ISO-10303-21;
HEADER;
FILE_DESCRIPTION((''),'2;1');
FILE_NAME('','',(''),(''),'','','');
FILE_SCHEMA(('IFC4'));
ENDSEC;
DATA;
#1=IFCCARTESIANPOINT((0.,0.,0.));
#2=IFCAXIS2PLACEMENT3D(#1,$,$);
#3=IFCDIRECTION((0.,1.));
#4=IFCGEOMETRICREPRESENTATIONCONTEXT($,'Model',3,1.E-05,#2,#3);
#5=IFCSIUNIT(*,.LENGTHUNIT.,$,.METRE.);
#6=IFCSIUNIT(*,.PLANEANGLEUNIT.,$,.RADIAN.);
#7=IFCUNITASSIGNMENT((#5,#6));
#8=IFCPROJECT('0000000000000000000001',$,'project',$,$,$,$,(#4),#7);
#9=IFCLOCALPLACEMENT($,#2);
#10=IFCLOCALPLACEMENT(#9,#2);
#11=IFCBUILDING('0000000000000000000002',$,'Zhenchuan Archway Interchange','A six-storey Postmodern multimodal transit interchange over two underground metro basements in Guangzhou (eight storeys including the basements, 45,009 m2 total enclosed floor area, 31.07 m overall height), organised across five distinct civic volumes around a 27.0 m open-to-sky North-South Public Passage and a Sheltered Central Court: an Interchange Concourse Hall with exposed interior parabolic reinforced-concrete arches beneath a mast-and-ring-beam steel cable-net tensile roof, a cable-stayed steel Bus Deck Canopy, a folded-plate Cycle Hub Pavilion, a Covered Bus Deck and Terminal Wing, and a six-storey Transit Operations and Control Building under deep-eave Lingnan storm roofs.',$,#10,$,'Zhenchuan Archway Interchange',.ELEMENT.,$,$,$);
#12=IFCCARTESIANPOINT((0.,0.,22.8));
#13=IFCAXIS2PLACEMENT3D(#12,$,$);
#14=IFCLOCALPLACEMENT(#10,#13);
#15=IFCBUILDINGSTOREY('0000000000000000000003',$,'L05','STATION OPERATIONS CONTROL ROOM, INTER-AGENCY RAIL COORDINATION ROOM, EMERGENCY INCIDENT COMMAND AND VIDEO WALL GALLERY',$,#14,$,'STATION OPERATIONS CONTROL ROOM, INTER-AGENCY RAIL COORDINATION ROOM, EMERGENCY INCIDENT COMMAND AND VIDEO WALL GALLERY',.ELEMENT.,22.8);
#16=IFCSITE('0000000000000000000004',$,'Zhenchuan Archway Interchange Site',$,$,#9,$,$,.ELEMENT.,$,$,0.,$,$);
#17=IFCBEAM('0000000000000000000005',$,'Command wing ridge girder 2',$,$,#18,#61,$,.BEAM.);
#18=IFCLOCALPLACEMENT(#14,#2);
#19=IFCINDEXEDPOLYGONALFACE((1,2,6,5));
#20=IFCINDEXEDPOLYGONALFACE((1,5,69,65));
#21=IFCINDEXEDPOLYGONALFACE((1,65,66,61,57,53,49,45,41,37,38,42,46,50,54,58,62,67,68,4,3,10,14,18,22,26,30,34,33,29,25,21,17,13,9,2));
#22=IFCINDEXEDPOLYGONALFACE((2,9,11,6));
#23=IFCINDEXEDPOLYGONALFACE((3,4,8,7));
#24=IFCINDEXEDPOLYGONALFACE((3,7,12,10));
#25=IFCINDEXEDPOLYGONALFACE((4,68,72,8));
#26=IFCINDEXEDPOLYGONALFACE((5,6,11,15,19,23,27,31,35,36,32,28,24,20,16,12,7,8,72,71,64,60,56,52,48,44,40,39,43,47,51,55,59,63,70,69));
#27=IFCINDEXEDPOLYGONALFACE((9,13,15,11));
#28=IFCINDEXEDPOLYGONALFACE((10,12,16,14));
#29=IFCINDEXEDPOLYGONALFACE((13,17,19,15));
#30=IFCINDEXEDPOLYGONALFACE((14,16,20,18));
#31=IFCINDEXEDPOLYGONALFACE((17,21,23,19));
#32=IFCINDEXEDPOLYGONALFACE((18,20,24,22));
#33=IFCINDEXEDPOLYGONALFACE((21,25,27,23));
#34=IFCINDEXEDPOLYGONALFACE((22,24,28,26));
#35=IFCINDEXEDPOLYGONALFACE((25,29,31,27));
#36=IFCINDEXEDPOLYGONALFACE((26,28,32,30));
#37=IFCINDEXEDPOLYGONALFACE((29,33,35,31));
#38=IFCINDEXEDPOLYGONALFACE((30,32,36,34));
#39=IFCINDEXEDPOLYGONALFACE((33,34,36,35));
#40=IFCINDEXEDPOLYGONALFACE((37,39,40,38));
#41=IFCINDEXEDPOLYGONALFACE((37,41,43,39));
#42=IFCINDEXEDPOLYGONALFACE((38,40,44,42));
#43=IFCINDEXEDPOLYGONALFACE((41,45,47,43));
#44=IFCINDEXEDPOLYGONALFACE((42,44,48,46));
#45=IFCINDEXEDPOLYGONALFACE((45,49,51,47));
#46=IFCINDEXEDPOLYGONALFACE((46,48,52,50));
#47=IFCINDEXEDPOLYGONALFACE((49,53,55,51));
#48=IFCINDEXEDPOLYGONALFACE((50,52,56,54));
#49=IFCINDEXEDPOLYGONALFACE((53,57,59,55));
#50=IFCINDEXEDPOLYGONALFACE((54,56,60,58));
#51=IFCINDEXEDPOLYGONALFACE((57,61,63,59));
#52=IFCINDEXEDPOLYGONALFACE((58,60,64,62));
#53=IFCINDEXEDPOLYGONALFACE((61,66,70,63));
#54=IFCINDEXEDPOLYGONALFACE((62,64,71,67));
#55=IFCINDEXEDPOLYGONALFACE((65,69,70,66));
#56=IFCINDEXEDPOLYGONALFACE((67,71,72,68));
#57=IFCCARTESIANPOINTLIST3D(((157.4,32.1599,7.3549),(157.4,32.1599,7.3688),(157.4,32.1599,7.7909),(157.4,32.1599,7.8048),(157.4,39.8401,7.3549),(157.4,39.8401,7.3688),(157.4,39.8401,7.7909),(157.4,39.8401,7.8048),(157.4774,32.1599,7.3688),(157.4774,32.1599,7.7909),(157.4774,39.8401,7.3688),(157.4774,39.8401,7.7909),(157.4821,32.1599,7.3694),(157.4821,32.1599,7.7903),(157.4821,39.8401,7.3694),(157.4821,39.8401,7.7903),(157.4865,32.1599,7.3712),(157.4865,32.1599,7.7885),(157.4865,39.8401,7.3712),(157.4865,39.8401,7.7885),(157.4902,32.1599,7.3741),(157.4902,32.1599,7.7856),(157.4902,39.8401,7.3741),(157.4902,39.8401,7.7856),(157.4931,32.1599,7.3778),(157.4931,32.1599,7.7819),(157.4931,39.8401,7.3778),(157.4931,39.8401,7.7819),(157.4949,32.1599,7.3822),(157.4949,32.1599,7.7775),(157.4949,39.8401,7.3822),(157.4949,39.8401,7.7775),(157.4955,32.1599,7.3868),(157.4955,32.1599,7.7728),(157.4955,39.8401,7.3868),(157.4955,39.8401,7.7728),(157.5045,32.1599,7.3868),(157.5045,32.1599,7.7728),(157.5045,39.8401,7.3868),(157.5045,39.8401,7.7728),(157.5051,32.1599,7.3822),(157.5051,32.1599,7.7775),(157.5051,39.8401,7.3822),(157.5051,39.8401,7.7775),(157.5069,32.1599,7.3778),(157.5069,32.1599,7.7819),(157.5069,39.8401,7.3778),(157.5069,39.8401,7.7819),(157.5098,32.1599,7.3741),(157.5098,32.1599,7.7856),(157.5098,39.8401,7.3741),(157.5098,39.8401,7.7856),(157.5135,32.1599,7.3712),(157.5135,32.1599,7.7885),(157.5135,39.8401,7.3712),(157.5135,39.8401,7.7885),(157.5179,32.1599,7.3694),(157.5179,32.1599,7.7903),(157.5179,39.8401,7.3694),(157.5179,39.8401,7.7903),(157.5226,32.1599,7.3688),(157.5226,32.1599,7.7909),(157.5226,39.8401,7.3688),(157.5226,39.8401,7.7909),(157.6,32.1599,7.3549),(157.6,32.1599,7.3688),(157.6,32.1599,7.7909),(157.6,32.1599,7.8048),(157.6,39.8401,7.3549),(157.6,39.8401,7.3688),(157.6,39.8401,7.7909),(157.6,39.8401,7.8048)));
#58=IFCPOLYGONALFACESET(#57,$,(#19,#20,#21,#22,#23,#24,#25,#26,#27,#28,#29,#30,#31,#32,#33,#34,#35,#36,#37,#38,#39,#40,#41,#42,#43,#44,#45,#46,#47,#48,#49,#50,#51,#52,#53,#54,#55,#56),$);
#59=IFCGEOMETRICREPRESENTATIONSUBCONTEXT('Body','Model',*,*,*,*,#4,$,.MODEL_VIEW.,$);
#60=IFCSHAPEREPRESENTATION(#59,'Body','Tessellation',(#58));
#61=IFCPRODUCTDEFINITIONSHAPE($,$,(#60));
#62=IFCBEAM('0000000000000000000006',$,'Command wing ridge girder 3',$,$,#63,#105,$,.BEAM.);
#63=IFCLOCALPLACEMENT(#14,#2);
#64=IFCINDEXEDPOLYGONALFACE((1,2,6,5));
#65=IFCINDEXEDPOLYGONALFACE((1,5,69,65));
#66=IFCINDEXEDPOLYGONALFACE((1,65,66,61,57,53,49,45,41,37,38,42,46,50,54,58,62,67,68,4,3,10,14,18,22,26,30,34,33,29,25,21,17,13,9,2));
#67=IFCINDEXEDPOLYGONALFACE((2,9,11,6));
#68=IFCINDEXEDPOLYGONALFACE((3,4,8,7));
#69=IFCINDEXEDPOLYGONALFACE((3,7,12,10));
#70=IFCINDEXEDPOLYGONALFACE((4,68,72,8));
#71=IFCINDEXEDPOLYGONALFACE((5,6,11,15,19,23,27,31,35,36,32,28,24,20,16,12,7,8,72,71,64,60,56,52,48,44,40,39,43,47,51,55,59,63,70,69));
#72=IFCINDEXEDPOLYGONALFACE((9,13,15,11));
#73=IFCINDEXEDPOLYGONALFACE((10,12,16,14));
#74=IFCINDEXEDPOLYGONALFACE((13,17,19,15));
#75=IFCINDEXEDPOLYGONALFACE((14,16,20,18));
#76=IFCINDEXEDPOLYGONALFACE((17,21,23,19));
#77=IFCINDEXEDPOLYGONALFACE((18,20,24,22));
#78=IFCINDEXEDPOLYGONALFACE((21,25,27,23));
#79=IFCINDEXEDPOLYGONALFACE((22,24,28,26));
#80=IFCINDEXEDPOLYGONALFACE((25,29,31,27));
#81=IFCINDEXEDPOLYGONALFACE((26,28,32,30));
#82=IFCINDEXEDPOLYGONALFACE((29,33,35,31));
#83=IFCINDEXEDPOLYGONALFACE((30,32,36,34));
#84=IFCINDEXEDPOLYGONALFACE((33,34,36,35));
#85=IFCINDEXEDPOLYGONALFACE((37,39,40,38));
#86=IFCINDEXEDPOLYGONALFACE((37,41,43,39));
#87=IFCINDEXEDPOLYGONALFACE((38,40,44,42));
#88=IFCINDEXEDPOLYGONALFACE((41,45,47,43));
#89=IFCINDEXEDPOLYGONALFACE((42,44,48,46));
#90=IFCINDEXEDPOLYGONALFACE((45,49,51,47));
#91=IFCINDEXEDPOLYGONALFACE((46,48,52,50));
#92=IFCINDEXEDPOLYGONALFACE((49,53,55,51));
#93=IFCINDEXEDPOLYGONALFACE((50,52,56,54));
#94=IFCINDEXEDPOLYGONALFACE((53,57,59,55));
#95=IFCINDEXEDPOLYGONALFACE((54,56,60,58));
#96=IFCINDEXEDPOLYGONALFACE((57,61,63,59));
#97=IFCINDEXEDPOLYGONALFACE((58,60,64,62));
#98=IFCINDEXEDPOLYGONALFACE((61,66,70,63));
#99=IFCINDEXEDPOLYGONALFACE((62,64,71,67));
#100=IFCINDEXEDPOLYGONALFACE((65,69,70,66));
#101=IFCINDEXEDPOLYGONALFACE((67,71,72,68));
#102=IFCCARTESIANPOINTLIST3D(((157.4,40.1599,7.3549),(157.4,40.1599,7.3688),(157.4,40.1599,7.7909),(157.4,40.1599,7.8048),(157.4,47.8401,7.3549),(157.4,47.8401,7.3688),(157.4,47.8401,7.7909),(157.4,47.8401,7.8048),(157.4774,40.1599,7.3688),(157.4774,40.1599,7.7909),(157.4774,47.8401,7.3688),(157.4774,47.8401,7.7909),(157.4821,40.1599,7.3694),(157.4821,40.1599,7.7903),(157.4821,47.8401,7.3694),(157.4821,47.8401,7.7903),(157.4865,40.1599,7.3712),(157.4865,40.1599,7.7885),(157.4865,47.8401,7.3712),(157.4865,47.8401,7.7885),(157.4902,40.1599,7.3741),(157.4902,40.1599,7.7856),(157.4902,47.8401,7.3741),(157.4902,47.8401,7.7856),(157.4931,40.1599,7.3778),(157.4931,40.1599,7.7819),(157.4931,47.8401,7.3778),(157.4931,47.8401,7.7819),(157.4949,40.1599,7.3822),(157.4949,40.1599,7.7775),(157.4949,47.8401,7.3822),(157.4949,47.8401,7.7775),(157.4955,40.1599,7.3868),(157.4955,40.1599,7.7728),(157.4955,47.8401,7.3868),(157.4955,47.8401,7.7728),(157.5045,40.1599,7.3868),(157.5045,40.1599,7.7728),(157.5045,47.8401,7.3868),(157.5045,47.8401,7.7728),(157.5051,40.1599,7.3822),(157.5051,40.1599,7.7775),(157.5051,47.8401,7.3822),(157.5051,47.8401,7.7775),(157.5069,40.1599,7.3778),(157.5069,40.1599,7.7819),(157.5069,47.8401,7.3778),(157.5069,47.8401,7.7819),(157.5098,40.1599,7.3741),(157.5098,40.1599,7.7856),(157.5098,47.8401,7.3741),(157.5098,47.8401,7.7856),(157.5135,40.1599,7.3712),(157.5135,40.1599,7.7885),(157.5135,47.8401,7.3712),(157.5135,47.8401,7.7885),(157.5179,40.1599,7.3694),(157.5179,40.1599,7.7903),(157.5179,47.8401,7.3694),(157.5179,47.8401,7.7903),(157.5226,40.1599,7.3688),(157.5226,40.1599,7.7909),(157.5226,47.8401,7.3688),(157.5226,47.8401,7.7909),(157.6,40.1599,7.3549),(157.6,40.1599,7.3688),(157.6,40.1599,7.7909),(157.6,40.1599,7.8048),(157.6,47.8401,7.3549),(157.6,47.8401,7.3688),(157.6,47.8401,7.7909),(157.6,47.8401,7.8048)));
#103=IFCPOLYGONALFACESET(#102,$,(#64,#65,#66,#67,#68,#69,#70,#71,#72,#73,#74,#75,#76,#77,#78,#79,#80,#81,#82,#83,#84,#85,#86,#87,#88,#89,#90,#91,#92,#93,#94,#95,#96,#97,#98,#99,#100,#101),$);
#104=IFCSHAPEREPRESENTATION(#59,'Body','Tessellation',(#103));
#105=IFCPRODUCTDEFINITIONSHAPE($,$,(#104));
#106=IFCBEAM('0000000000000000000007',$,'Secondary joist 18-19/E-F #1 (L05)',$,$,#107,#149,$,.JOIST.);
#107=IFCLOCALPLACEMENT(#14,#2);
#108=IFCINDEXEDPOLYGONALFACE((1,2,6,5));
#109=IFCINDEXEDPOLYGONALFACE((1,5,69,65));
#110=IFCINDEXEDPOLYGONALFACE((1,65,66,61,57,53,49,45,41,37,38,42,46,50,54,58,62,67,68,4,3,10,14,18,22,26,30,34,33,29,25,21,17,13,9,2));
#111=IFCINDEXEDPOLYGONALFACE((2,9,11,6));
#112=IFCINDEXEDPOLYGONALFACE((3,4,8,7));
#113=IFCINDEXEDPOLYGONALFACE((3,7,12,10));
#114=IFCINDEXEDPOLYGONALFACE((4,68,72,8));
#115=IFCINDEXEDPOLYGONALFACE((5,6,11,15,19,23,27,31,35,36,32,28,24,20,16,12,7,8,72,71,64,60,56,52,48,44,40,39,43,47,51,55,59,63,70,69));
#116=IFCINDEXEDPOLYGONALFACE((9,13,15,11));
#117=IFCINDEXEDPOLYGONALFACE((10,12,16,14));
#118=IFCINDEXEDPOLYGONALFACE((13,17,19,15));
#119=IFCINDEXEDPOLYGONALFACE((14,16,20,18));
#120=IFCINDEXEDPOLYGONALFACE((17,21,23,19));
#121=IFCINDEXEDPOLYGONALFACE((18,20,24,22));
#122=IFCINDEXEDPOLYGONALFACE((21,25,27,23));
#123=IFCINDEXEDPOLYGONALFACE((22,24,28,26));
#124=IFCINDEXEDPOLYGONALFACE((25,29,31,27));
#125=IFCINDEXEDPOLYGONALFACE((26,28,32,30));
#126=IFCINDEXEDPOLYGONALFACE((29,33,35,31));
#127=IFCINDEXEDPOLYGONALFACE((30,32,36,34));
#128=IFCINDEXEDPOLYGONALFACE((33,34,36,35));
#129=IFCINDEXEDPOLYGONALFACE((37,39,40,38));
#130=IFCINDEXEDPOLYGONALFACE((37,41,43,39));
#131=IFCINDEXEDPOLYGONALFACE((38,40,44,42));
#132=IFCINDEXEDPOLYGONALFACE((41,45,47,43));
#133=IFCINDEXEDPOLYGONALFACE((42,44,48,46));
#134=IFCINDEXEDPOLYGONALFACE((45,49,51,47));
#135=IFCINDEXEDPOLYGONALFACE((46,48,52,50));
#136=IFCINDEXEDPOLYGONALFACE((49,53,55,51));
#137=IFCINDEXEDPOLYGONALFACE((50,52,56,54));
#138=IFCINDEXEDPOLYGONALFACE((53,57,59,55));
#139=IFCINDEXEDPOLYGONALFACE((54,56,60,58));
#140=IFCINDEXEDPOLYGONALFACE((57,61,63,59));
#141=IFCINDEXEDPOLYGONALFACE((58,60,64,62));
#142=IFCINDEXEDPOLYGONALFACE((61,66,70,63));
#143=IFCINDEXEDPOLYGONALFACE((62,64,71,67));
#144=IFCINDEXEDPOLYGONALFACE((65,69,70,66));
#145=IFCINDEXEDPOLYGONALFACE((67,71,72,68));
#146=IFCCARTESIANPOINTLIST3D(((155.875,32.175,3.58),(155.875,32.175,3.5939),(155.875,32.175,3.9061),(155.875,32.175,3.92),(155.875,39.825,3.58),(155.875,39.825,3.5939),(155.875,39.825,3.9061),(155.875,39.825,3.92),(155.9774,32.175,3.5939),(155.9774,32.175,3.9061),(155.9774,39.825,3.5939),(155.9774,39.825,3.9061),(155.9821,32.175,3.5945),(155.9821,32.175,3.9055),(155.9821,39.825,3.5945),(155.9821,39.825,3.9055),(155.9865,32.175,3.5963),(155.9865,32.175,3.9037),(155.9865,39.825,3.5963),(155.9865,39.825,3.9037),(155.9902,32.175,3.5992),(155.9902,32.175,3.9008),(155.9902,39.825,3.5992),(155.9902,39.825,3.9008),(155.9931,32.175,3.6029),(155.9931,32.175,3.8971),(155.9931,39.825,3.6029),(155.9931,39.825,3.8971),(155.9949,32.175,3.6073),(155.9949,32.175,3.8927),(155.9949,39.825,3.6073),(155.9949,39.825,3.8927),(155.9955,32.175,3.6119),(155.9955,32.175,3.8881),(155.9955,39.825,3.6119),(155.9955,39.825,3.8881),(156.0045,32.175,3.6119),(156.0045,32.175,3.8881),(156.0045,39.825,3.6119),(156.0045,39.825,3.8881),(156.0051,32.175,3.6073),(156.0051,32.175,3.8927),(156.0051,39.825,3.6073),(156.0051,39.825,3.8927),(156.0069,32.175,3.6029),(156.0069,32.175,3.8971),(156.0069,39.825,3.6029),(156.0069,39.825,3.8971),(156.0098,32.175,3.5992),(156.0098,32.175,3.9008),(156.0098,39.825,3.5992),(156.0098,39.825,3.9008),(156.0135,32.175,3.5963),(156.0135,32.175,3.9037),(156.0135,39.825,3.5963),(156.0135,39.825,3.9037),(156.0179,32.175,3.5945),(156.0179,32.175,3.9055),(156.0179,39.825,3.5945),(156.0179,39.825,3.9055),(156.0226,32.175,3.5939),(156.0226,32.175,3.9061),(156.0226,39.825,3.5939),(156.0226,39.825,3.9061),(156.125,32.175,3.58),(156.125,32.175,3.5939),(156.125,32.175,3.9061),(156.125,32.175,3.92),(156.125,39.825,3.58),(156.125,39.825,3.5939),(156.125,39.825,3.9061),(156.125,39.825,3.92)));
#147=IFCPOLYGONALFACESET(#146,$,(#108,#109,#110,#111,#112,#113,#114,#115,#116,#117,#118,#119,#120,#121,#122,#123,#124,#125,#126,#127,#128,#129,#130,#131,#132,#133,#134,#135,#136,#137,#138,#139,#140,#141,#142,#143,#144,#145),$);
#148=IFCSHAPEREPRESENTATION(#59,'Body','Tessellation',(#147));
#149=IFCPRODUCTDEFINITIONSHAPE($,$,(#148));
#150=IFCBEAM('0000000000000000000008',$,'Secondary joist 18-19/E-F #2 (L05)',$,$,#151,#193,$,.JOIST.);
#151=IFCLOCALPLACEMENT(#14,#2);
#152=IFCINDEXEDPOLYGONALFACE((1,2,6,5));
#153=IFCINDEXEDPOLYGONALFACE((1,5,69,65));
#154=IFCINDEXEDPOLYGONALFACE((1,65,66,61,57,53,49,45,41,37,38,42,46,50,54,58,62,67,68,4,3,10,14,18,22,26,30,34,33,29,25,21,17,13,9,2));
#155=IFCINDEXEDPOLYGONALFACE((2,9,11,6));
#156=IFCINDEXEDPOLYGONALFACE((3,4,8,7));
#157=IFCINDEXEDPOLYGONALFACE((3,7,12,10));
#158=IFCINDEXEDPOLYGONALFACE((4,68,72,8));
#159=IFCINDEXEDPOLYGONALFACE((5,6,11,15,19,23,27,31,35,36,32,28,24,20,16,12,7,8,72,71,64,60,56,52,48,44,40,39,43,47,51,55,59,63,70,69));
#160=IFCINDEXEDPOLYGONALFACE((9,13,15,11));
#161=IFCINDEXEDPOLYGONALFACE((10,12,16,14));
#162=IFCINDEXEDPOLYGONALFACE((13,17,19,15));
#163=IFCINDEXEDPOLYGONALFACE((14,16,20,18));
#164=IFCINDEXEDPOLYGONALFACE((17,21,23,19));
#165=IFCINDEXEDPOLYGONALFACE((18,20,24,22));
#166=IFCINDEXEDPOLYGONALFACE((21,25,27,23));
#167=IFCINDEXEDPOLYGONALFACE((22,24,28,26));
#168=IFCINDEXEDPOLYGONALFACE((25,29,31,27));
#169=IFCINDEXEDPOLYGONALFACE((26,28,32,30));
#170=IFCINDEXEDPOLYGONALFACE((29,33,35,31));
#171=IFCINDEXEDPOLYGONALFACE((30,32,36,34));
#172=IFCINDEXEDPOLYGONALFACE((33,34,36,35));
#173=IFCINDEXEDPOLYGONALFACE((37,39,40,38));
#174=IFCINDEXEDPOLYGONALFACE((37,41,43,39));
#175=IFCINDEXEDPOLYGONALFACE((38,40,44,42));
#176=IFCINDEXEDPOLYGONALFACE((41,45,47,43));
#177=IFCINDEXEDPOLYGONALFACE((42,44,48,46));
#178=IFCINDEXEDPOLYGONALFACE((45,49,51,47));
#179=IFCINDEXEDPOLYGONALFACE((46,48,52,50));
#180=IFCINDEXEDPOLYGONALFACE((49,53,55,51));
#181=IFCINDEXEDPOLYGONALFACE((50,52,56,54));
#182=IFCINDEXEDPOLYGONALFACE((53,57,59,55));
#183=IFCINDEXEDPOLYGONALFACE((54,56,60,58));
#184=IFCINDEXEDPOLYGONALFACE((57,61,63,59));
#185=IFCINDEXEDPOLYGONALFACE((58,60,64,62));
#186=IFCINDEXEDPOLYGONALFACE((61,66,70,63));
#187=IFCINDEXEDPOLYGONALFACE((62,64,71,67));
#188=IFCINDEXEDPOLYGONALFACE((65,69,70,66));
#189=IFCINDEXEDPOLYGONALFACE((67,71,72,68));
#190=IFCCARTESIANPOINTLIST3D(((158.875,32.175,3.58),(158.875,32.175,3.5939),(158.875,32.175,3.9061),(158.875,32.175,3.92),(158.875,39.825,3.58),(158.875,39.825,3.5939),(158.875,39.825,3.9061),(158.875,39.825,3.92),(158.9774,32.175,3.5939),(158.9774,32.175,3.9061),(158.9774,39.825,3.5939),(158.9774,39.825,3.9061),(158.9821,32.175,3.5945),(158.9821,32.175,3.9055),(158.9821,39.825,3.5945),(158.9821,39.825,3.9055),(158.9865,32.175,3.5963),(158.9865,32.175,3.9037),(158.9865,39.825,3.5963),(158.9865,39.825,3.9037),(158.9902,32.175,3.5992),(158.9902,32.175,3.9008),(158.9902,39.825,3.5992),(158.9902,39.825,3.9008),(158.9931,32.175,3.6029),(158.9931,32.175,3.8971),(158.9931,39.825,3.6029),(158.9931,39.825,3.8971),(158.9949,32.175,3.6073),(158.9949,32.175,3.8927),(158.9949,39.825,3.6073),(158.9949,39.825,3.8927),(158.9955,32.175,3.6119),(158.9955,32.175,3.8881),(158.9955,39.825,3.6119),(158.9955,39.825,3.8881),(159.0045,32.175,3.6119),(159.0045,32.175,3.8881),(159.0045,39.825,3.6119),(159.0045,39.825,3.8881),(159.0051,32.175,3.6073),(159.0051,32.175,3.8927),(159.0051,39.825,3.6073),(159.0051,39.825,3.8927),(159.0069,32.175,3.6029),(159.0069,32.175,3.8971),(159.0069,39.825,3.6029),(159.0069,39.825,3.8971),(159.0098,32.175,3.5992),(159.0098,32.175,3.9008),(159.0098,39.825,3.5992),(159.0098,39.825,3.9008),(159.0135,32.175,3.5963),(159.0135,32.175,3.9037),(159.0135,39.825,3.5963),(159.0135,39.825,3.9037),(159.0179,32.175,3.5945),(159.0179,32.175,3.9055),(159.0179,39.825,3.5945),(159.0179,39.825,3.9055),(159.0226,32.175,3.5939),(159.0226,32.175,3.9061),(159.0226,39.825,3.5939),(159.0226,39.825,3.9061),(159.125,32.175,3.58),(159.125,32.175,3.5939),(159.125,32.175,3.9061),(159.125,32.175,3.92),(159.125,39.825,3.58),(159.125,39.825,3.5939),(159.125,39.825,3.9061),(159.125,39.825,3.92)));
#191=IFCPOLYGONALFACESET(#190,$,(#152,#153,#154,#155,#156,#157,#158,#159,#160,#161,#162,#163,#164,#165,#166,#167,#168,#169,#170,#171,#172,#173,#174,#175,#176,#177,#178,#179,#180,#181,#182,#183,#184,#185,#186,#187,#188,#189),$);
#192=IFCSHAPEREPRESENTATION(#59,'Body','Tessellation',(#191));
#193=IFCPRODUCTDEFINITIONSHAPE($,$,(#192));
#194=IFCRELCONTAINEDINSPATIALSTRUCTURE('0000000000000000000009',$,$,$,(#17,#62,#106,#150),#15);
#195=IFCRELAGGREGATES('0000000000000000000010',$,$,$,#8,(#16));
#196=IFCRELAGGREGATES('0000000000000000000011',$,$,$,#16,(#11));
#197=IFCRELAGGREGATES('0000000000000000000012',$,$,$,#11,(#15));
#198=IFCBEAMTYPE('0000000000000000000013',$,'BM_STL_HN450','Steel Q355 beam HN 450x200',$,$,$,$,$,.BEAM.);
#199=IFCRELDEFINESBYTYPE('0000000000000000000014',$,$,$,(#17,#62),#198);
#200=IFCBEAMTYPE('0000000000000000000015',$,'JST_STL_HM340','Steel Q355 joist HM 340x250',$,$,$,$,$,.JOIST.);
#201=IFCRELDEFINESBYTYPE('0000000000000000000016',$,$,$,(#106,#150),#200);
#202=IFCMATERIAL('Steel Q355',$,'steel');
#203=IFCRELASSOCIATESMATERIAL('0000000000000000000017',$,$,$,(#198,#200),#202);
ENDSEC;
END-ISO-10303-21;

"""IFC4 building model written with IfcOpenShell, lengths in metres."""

from ifc_helpers import new_model, si_unit, direction, frame, origin, origin_2d, place, context, subcontext, project, spatial, i_section, extrude, material, material_profile, profile_set, type_object, element, save


model = new_model("IFC4")

# Units and contexts
model_context = context("Model", 3, precision=1e-05, world=origin(), true_north=direction((0.0, 1.0)))
body_context = subcontext(model_context, "Body", "Model", "MODEL_VIEW")
ifc_project = project(units=[si_unit("LENGTHUNIT", "METRE"), si_unit("PLANEANGLEUNIT", "RADIAN")], contexts=[model_context])

# Site, building, storey
site_placement = place(None, origin())
site = spatial("IfcSite", under=ifc_project, at=site_placement, Name="Zhenchuan Archway Interchange Site", CompositionType="ELEMENT", RefElevation=0.0)
building_placement = place(site_placement, origin())
building = spatial("IfcBuilding", under=site, at=building_placement, Name="Zhenchuan Archway Interchange", Description="A six-storey Postmodern multimodal transit interchange over two underground metro basements in Guangzhou (eight storeys including the basements, 45,009 m2 total enclosed floor area, 31.07 m overall height), organised across five distinct civic volumes around a 27.0 m open-to-sky North-South Public Passage and a Sheltered Central Court: an Interchange Concourse Hall with exposed interior parabolic reinforced-concrete arches beneath a mast-and-ring-beam steel cable-net tensile roof, a cable-stayed steel Bus Deck Canopy, a folded-plate Cycle Hub Pavilion, a Covered Bus Deck and Terminal Wing, and a six-storey Transit Operations and Control Building under deep-eave Lingnan storm roofs.", LongName="Zhenchuan Archway Interchange", CompositionType="ELEMENT")
storey_placement = place(building_placement, frame((0.0, 0.0, 22.8)))
storey = spatial("IfcBuildingStorey", under=building, at=storey_placement, Name="L05", Description="STATION OPERATIONS CONTROL ROOM, INTER-AGENCY RAIL COORDINATION ROOM, EMERGENCY INCIDENT COMMAND AND VIDEO WALL GALLERY", LongName="STATION OPERATIONS CONTROL ROOM, INTER-AGENCY RAIL COORDINATION ROOM, EMERGENCY INCIDENT COMMAND AND VIDEO WALL GALLERY", CompositionType="ELEMENT", Elevation=22.8)

# Beams
ifc_material_1 = material(Name="Steel Q355", Category="steel")
ifc_material_profile_1 = material_profile(ifc_material_1, i_section(OverallWidth=0.2, OverallDepth=0.45, WebThickness=0.009, FlangeThickness=0.0139, FilletRadius=0.0181, at=origin_2d()), Name="HN 450x200")
ifc_profile_set_1 = profile_set([ifc_material_profile_1], Name="Steel Q355")
beam_type_1 = type_object("IfcBeamType", Name="BM_STL_HN450", Description="Steel Q355 beam HN 450x200", PredefinedType="BEAM", material=ifc_profile_set_1)
for number, where, z_axis, x_axis, name in (
    (1, (157.5, 32.1599, 7.5798), (0.0, 1.0, 0.0), (-1.0, 0.0, 0.0), "Command wing ridge girder 2"),
    (2, (157.5, 40.1599, 7.5798), (0.0, 1.0, 0.0), (-1.0, 0.0, 0.0), "Command wing ridge girder 3"),
):
    element("IfcBeam", number, at=place(storey_placement, frame(where, z_axis=z_axis, x_axis=x_axis)), inside=storey, type_object=beam_type_1, Name=name, PredefinedType="BEAM", context=body_context, shape_type="SweptSolid", body=[
        extrude(i_section(OverallWidth=0.2, OverallDepth=0.45, WebThickness=0.009, FlangeThickness=0.0139, FilletRadius=0.0181, at=origin_2d()), origin(), (0.0, 0.0, 1.0), 7.6802),
    ])
ifc_material_profile_2 = material_profile(ifc_material_1, i_section(OverallWidth=0.25, OverallDepth=0.3401, WebThickness=0.009, FlangeThickness=0.0139, FilletRadius=0.0181, at=origin_2d()), Name="HM 340x250")
ifc_profile_set_2 = profile_set([ifc_material_profile_2], Name="Steel Q355")
beam_type_2 = type_object("IfcBeamType", Name="JST_STL_HM340", Description="Steel Q355 joist HM 340x250", PredefinedType="JOIST", material=ifc_profile_set_2)
for number, where, z_axis, x_axis, name in (
    (3, (156.0, 32.175, 3.75), (0.0, 1.0, 0.0), (-1.0, 0.0, 0.0), "Secondary joist 18-19/E-F #1 (L05)"),
    (4, (159.0, 32.175, 3.75), (0.0, 1.0, 0.0), (-1.0, 0.0, 0.0), "Secondary joist 18-19/E-F #2 (L05)"),
):
    element("IfcBeam", number, at=place(storey_placement, frame(where, z_axis=z_axis, x_axis=x_axis)), inside=storey, type_object=beam_type_2, Name=name, PredefinedType="JOIST", context=body_context, shape_type="SweptSolid", body=[
        extrude(i_section(OverallWidth=0.25, OverallDepth=0.3401, WebThickness=0.009, FlangeThickness=0.0139, FilletRadius=0.0181, at=origin_2d()), origin(), (0.0, 0.0, 1.0), 7.6499),
    ])

save(model, "model.ifc")
